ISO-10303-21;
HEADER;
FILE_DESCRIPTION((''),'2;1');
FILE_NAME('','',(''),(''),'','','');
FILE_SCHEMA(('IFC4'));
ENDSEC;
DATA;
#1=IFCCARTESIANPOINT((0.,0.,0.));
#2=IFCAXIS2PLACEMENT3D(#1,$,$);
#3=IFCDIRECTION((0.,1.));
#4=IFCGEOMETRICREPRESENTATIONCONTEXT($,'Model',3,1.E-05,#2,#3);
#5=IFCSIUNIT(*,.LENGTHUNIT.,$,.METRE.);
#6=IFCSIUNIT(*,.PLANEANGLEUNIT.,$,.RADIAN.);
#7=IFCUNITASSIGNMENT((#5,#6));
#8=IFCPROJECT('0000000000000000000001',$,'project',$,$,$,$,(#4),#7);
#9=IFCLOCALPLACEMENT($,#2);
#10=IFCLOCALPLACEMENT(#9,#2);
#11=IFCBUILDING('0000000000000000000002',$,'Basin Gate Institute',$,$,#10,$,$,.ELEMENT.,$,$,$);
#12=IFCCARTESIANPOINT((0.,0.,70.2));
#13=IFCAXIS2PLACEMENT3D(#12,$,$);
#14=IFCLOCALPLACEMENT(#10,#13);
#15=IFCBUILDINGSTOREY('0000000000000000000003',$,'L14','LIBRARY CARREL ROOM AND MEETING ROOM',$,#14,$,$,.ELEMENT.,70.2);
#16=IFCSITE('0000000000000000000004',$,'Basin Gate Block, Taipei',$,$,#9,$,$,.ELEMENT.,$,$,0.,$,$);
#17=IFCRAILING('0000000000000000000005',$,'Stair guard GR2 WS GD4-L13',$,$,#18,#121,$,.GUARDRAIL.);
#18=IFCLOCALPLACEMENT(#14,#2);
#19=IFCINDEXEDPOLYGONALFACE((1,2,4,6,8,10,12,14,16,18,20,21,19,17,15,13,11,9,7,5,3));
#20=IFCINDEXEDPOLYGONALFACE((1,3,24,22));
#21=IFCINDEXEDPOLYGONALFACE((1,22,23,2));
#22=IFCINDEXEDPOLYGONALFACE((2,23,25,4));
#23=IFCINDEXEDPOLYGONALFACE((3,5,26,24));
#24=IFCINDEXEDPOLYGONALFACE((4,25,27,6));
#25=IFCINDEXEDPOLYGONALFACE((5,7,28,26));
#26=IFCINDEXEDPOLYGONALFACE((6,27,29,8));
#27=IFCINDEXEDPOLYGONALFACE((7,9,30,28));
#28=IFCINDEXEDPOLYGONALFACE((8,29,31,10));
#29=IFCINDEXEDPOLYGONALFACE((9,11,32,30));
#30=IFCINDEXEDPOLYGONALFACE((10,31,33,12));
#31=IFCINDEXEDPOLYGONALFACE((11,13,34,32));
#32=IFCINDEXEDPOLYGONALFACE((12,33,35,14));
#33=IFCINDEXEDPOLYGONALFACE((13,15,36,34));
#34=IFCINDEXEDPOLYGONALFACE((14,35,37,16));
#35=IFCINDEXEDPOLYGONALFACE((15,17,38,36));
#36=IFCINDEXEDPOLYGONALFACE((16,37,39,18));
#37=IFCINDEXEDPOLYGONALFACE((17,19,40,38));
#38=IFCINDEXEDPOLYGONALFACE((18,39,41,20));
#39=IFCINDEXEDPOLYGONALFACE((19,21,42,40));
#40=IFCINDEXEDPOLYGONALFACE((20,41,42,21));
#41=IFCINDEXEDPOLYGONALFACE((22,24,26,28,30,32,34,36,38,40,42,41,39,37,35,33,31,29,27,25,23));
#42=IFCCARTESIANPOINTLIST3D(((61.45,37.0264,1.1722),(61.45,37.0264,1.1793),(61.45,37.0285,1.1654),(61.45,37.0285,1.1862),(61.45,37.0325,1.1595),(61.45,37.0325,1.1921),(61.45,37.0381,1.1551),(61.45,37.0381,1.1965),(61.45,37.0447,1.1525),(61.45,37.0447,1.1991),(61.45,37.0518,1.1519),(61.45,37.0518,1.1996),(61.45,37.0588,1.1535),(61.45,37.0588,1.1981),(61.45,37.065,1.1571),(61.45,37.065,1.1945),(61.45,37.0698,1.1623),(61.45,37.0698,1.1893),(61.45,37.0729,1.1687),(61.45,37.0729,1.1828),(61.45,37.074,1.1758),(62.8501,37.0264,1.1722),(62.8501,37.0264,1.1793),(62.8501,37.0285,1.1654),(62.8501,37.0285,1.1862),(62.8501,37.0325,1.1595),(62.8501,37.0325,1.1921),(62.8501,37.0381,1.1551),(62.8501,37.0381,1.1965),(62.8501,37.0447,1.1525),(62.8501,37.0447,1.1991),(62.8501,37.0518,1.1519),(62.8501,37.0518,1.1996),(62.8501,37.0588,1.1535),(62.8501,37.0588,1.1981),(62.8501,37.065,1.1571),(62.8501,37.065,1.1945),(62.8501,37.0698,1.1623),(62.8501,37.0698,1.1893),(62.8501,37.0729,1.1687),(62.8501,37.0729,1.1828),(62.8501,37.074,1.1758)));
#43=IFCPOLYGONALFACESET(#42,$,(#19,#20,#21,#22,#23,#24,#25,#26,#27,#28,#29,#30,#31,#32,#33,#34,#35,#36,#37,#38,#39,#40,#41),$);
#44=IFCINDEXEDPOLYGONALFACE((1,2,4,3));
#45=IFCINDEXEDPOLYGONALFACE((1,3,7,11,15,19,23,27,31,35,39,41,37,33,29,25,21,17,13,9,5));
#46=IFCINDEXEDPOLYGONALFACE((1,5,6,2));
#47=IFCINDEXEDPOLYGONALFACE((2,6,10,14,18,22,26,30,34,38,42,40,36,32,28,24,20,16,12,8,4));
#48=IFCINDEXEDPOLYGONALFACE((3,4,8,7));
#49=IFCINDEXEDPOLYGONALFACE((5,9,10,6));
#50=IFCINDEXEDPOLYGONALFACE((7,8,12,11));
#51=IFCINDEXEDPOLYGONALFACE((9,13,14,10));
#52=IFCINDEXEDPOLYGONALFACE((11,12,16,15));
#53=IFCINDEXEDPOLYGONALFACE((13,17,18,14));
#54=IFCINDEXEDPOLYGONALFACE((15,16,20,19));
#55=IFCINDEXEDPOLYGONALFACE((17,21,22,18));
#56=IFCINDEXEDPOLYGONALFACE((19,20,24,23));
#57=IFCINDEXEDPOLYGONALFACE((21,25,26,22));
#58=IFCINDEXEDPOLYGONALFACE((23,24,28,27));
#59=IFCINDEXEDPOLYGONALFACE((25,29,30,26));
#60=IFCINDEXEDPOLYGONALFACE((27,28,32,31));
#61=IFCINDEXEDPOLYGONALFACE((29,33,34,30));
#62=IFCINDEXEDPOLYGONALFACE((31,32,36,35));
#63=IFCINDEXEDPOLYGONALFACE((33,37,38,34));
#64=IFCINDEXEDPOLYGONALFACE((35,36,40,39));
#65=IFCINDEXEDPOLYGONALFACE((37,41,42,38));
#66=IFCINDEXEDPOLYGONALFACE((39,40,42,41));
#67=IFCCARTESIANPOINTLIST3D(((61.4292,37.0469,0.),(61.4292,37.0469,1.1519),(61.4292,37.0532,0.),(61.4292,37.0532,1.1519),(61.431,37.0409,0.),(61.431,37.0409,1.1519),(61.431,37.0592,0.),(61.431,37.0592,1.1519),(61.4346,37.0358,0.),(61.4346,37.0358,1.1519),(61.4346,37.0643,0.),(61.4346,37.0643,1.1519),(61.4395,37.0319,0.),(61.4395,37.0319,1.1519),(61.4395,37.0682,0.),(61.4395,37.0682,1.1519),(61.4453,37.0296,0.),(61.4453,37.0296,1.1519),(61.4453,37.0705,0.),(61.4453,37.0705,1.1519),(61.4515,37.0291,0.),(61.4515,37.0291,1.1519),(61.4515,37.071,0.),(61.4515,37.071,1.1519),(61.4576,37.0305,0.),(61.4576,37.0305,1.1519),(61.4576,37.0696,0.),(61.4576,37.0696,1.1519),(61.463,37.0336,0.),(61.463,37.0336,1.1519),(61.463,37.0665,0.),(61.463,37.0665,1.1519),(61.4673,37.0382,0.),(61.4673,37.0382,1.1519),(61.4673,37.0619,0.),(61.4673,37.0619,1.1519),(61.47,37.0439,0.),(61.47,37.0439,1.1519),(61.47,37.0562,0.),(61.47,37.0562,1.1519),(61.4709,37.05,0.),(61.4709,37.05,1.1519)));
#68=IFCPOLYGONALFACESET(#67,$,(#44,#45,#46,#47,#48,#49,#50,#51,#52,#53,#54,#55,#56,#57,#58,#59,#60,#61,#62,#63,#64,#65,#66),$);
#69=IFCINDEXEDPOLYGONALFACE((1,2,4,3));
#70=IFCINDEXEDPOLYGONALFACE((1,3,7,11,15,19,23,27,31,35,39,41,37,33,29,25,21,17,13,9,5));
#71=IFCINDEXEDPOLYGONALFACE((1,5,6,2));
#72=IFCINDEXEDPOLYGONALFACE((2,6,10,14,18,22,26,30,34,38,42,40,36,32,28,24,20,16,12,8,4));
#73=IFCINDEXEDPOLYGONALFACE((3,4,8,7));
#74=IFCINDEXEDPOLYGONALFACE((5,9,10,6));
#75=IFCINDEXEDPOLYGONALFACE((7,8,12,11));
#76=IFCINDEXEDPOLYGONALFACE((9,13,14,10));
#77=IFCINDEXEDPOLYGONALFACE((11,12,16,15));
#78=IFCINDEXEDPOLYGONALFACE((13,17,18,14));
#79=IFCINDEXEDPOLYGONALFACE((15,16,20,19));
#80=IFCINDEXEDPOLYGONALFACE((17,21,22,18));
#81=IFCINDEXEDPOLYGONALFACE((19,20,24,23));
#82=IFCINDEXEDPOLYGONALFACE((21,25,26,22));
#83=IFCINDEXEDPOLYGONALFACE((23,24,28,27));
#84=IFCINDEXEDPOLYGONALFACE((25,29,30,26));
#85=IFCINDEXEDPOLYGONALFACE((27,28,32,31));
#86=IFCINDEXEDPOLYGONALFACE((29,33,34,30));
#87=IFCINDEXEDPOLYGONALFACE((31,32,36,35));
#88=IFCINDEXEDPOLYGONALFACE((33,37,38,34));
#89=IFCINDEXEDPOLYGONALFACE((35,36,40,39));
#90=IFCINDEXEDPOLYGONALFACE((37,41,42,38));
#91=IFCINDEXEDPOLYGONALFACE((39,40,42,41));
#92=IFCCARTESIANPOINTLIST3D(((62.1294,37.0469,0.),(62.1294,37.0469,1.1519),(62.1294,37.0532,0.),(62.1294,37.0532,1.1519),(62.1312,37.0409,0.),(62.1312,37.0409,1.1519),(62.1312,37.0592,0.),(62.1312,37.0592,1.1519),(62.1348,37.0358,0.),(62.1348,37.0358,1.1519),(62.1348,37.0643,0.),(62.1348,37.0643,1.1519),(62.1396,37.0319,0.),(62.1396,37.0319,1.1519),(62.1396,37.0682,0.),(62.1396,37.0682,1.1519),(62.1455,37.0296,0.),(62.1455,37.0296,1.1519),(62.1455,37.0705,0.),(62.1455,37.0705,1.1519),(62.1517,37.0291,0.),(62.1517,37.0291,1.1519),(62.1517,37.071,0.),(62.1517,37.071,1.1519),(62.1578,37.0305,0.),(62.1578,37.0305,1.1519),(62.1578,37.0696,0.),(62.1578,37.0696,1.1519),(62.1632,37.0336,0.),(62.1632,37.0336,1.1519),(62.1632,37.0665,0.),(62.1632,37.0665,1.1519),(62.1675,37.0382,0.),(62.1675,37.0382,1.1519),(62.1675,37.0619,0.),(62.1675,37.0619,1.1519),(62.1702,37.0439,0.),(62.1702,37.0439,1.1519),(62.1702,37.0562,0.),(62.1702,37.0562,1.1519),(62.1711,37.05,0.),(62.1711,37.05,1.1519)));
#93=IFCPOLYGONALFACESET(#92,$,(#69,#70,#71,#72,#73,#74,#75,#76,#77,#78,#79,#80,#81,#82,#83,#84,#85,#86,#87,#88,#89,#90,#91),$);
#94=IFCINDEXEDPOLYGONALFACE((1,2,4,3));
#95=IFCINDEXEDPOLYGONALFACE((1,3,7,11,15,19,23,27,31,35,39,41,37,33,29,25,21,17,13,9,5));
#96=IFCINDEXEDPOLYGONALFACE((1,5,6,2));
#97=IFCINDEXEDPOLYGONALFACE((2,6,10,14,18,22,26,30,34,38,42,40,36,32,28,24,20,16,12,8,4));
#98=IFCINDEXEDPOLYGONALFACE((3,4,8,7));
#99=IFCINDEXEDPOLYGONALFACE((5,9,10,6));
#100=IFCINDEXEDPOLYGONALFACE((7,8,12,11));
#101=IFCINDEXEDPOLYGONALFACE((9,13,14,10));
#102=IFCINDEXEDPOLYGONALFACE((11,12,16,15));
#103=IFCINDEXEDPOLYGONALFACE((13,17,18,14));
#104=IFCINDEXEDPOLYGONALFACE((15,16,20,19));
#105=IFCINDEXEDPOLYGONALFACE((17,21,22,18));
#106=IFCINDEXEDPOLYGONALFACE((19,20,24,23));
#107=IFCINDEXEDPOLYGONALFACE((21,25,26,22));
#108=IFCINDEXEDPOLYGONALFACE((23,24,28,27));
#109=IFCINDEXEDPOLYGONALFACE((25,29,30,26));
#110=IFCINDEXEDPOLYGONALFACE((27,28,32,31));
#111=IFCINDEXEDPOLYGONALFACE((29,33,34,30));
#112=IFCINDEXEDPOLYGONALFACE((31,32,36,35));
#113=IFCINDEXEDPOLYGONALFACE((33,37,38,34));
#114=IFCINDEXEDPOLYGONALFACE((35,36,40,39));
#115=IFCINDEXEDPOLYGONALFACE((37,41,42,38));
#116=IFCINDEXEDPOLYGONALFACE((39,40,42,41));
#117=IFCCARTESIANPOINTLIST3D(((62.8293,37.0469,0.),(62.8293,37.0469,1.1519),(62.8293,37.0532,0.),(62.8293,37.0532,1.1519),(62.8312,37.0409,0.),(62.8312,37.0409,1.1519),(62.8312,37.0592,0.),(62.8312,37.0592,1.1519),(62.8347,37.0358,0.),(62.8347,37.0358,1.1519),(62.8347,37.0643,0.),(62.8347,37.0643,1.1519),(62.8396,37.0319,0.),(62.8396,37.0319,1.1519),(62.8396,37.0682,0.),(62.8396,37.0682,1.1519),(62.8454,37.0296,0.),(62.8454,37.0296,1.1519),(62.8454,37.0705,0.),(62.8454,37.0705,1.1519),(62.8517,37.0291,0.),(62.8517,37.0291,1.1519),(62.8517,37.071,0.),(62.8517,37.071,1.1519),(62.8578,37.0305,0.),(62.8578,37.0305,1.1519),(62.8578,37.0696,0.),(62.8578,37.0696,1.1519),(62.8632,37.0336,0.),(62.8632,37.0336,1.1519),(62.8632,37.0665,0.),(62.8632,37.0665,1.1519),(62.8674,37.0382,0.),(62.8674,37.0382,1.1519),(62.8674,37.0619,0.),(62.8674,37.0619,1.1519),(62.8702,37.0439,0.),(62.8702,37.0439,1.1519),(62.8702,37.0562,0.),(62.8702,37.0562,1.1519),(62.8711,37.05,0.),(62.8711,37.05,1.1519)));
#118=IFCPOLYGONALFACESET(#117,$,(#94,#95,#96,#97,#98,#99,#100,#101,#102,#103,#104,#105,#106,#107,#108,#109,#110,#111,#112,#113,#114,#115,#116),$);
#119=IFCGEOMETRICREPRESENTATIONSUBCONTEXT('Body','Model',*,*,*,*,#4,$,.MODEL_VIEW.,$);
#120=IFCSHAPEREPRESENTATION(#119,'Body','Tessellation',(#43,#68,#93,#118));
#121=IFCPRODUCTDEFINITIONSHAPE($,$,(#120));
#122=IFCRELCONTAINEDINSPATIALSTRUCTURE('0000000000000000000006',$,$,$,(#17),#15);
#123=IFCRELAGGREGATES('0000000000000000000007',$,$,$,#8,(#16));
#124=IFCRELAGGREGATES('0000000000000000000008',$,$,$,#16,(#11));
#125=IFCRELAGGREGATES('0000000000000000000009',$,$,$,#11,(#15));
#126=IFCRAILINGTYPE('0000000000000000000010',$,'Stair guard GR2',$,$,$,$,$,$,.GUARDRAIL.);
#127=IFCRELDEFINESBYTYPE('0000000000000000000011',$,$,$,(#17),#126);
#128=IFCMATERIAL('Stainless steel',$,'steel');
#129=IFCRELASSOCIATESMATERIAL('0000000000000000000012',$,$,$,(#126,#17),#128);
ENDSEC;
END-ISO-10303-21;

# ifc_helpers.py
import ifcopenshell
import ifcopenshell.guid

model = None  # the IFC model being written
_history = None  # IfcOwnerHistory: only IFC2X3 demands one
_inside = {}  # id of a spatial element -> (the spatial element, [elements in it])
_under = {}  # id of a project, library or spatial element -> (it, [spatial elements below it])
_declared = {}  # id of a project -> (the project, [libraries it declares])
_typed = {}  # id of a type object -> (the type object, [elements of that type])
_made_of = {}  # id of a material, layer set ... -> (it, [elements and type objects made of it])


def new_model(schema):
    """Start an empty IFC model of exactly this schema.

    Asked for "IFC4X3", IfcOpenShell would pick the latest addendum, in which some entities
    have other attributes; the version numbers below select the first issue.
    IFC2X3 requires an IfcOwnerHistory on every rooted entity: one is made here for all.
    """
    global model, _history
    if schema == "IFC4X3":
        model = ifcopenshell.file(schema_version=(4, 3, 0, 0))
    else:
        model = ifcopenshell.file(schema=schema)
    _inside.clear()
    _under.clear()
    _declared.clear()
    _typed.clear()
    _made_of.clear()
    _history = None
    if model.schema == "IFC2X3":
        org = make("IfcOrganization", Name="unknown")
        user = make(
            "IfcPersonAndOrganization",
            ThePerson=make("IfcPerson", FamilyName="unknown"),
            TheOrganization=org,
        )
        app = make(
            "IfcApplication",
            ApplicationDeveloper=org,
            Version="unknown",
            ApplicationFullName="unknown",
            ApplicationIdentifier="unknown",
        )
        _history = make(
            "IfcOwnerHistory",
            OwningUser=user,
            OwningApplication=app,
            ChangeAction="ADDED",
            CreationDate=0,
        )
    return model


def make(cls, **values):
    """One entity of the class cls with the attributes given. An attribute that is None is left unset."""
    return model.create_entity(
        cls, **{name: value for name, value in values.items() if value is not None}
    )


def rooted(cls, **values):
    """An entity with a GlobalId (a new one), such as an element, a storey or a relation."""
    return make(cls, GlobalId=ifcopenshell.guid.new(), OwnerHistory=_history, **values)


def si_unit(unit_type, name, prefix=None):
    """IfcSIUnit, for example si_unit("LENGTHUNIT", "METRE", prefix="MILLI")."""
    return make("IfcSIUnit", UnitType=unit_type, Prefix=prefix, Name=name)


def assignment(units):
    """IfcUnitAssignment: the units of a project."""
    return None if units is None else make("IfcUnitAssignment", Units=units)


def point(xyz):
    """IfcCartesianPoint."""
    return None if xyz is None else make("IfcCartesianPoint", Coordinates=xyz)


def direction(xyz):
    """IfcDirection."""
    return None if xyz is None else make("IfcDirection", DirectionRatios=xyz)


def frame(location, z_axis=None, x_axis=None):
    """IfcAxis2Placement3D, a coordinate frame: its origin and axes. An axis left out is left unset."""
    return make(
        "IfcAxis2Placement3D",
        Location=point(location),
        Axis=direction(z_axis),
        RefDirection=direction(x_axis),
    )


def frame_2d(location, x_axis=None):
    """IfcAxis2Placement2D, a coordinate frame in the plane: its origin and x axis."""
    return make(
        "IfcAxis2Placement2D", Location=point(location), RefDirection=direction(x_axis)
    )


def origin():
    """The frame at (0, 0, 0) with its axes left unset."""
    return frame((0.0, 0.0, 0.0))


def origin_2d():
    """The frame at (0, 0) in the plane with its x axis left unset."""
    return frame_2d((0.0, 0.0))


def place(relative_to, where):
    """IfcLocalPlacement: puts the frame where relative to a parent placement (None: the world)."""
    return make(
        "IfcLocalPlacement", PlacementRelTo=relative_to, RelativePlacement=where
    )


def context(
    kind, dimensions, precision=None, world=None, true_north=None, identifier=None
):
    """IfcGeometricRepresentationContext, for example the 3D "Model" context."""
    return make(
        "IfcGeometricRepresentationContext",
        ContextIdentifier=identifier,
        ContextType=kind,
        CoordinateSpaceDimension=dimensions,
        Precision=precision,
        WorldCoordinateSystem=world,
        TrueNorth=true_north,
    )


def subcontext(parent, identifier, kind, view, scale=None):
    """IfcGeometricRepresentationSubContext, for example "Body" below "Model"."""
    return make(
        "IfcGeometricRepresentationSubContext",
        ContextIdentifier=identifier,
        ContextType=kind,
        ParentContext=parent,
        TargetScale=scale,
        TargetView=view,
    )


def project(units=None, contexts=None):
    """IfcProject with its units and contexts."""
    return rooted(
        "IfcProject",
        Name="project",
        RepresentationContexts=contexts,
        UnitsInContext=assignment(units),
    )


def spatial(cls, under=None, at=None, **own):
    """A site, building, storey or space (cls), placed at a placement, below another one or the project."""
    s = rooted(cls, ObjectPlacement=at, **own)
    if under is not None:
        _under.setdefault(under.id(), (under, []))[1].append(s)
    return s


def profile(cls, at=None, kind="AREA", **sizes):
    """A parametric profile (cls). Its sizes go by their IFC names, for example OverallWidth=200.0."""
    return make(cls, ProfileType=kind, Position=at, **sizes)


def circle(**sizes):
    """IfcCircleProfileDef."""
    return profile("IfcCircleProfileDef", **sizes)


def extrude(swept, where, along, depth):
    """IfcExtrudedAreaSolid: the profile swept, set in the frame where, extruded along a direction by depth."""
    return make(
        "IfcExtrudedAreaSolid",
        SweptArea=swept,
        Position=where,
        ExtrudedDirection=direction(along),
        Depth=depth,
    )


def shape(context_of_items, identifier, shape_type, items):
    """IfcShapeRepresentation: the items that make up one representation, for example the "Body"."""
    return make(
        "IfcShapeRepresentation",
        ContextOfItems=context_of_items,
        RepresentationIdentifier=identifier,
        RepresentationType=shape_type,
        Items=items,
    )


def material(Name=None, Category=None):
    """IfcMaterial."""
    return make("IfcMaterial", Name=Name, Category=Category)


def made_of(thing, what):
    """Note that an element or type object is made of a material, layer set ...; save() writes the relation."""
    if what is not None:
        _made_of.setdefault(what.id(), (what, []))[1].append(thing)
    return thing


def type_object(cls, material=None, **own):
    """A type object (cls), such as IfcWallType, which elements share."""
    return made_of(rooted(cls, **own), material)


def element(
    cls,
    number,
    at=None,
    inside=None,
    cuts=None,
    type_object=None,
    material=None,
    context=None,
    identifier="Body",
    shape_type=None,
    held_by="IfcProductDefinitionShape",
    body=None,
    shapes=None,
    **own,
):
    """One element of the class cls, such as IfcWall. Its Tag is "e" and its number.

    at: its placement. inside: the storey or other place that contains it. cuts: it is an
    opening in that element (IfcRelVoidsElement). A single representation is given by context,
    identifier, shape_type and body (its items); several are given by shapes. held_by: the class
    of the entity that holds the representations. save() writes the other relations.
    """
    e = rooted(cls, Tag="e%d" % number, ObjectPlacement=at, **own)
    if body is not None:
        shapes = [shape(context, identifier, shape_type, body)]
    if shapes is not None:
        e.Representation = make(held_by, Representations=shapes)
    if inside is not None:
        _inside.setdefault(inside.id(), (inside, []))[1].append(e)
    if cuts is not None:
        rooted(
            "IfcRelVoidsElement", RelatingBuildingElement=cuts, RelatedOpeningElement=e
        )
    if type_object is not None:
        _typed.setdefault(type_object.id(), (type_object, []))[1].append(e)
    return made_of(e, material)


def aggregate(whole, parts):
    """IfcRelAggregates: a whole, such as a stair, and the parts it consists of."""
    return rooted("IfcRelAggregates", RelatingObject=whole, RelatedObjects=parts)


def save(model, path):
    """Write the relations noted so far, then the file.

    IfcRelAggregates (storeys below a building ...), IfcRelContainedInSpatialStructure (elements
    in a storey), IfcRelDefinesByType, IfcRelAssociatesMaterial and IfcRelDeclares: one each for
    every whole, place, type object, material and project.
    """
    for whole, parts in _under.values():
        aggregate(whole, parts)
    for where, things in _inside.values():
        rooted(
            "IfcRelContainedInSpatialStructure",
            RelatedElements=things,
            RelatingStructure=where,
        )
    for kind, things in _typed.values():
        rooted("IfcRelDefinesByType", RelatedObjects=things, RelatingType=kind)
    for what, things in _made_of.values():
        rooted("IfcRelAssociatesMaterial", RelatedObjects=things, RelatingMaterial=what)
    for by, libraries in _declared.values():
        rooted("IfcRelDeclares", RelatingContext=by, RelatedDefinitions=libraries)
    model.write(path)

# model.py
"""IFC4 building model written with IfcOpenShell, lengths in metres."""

from ifc_helpers import new_model, si_unit, direction, frame, origin, origin_2d, place, context, subcontext, project, spatial, circle, extrude, material, type_object, element, save


model = new_model("IFC4")

# Units and contexts
model_context = context("Model", 3, precision=1e-05, world=origin(), true_north=direction((0.0, 1.0)))
body_context = subcontext(model_context, "Body", "Model", "MODEL_VIEW")
ifc_project = project(units=[si_unit("LENGTHUNIT", "METRE"), si_unit("PLANEANGLEUNIT", "RADIAN")], contexts=[model_context])

# Site, building, storey
site_placement = place(None, origin())
site = spatial("IfcSite", under=ifc_project, at=site_placement, Name="Basin Gate Block, Taipei", CompositionType="ELEMENT", RefElevation=0.0)
building_placement = place(site_placement, origin())
building = spatial("IfcBuilding", under=site, at=building_placement, Name="Basin Gate Institute", CompositionType="ELEMENT")
storey_placement = place(building_placement, frame((0.0, 0.0, 70.2)))
storey = spatial("IfcBuildingStorey", under=building, at=storey_placement, Name="L14", Description="LIBRARY CARREL ROOM AND MEETING ROOM", CompositionType="ELEMENT", Elevation=70.2)

# Railing
ifc_material_1 = material(Name="Stainless steel", Category="steel")
railing_type_1 = type_object("IfcRailingType", Name="Stair guard GR2", PredefinedType="GUARDRAIL", material=ifc_material_1)
railing_1_placement = place(storey_placement, frame((61.45, 37.05, 0.0)))
element("IfcRailing", 1, at=railing_1_placement, inside=storey, type_object=railing_type_1, material=ifc_material_1, Name="Stair guard GR2 WS GD4-L13", PredefinedType="GUARDRAIL", context=body_context, shape_type="SweptSolid", body=[
    extrude(circle(Radius=0.0239, at=origin_2d()), frame((0.0, 0.0, 1.1758), z_axis=(1.0, 0.0, 0.0), x_axis=(0.0, 1.0, 0.0)), (0.0, 0.0, 1.0), 1.4001),
    extrude(circle(Radius=0.021, at=origin_2d()), origin(), (0.0, 0.0, 1.0), 1.1519),
    extrude(circle(Radius=0.021, at=origin_2d()), frame((0.7002, 0.0, 0.0)), (0.0, 0.0, 1.0), 1.1519),
    extrude(circle(Radius=0.021, at=origin_2d()), frame((1.4001, 0.0, 0.0)), (0.0, 0.0, 1.0), 1.1519),
])

save(model, "model.ifc")
